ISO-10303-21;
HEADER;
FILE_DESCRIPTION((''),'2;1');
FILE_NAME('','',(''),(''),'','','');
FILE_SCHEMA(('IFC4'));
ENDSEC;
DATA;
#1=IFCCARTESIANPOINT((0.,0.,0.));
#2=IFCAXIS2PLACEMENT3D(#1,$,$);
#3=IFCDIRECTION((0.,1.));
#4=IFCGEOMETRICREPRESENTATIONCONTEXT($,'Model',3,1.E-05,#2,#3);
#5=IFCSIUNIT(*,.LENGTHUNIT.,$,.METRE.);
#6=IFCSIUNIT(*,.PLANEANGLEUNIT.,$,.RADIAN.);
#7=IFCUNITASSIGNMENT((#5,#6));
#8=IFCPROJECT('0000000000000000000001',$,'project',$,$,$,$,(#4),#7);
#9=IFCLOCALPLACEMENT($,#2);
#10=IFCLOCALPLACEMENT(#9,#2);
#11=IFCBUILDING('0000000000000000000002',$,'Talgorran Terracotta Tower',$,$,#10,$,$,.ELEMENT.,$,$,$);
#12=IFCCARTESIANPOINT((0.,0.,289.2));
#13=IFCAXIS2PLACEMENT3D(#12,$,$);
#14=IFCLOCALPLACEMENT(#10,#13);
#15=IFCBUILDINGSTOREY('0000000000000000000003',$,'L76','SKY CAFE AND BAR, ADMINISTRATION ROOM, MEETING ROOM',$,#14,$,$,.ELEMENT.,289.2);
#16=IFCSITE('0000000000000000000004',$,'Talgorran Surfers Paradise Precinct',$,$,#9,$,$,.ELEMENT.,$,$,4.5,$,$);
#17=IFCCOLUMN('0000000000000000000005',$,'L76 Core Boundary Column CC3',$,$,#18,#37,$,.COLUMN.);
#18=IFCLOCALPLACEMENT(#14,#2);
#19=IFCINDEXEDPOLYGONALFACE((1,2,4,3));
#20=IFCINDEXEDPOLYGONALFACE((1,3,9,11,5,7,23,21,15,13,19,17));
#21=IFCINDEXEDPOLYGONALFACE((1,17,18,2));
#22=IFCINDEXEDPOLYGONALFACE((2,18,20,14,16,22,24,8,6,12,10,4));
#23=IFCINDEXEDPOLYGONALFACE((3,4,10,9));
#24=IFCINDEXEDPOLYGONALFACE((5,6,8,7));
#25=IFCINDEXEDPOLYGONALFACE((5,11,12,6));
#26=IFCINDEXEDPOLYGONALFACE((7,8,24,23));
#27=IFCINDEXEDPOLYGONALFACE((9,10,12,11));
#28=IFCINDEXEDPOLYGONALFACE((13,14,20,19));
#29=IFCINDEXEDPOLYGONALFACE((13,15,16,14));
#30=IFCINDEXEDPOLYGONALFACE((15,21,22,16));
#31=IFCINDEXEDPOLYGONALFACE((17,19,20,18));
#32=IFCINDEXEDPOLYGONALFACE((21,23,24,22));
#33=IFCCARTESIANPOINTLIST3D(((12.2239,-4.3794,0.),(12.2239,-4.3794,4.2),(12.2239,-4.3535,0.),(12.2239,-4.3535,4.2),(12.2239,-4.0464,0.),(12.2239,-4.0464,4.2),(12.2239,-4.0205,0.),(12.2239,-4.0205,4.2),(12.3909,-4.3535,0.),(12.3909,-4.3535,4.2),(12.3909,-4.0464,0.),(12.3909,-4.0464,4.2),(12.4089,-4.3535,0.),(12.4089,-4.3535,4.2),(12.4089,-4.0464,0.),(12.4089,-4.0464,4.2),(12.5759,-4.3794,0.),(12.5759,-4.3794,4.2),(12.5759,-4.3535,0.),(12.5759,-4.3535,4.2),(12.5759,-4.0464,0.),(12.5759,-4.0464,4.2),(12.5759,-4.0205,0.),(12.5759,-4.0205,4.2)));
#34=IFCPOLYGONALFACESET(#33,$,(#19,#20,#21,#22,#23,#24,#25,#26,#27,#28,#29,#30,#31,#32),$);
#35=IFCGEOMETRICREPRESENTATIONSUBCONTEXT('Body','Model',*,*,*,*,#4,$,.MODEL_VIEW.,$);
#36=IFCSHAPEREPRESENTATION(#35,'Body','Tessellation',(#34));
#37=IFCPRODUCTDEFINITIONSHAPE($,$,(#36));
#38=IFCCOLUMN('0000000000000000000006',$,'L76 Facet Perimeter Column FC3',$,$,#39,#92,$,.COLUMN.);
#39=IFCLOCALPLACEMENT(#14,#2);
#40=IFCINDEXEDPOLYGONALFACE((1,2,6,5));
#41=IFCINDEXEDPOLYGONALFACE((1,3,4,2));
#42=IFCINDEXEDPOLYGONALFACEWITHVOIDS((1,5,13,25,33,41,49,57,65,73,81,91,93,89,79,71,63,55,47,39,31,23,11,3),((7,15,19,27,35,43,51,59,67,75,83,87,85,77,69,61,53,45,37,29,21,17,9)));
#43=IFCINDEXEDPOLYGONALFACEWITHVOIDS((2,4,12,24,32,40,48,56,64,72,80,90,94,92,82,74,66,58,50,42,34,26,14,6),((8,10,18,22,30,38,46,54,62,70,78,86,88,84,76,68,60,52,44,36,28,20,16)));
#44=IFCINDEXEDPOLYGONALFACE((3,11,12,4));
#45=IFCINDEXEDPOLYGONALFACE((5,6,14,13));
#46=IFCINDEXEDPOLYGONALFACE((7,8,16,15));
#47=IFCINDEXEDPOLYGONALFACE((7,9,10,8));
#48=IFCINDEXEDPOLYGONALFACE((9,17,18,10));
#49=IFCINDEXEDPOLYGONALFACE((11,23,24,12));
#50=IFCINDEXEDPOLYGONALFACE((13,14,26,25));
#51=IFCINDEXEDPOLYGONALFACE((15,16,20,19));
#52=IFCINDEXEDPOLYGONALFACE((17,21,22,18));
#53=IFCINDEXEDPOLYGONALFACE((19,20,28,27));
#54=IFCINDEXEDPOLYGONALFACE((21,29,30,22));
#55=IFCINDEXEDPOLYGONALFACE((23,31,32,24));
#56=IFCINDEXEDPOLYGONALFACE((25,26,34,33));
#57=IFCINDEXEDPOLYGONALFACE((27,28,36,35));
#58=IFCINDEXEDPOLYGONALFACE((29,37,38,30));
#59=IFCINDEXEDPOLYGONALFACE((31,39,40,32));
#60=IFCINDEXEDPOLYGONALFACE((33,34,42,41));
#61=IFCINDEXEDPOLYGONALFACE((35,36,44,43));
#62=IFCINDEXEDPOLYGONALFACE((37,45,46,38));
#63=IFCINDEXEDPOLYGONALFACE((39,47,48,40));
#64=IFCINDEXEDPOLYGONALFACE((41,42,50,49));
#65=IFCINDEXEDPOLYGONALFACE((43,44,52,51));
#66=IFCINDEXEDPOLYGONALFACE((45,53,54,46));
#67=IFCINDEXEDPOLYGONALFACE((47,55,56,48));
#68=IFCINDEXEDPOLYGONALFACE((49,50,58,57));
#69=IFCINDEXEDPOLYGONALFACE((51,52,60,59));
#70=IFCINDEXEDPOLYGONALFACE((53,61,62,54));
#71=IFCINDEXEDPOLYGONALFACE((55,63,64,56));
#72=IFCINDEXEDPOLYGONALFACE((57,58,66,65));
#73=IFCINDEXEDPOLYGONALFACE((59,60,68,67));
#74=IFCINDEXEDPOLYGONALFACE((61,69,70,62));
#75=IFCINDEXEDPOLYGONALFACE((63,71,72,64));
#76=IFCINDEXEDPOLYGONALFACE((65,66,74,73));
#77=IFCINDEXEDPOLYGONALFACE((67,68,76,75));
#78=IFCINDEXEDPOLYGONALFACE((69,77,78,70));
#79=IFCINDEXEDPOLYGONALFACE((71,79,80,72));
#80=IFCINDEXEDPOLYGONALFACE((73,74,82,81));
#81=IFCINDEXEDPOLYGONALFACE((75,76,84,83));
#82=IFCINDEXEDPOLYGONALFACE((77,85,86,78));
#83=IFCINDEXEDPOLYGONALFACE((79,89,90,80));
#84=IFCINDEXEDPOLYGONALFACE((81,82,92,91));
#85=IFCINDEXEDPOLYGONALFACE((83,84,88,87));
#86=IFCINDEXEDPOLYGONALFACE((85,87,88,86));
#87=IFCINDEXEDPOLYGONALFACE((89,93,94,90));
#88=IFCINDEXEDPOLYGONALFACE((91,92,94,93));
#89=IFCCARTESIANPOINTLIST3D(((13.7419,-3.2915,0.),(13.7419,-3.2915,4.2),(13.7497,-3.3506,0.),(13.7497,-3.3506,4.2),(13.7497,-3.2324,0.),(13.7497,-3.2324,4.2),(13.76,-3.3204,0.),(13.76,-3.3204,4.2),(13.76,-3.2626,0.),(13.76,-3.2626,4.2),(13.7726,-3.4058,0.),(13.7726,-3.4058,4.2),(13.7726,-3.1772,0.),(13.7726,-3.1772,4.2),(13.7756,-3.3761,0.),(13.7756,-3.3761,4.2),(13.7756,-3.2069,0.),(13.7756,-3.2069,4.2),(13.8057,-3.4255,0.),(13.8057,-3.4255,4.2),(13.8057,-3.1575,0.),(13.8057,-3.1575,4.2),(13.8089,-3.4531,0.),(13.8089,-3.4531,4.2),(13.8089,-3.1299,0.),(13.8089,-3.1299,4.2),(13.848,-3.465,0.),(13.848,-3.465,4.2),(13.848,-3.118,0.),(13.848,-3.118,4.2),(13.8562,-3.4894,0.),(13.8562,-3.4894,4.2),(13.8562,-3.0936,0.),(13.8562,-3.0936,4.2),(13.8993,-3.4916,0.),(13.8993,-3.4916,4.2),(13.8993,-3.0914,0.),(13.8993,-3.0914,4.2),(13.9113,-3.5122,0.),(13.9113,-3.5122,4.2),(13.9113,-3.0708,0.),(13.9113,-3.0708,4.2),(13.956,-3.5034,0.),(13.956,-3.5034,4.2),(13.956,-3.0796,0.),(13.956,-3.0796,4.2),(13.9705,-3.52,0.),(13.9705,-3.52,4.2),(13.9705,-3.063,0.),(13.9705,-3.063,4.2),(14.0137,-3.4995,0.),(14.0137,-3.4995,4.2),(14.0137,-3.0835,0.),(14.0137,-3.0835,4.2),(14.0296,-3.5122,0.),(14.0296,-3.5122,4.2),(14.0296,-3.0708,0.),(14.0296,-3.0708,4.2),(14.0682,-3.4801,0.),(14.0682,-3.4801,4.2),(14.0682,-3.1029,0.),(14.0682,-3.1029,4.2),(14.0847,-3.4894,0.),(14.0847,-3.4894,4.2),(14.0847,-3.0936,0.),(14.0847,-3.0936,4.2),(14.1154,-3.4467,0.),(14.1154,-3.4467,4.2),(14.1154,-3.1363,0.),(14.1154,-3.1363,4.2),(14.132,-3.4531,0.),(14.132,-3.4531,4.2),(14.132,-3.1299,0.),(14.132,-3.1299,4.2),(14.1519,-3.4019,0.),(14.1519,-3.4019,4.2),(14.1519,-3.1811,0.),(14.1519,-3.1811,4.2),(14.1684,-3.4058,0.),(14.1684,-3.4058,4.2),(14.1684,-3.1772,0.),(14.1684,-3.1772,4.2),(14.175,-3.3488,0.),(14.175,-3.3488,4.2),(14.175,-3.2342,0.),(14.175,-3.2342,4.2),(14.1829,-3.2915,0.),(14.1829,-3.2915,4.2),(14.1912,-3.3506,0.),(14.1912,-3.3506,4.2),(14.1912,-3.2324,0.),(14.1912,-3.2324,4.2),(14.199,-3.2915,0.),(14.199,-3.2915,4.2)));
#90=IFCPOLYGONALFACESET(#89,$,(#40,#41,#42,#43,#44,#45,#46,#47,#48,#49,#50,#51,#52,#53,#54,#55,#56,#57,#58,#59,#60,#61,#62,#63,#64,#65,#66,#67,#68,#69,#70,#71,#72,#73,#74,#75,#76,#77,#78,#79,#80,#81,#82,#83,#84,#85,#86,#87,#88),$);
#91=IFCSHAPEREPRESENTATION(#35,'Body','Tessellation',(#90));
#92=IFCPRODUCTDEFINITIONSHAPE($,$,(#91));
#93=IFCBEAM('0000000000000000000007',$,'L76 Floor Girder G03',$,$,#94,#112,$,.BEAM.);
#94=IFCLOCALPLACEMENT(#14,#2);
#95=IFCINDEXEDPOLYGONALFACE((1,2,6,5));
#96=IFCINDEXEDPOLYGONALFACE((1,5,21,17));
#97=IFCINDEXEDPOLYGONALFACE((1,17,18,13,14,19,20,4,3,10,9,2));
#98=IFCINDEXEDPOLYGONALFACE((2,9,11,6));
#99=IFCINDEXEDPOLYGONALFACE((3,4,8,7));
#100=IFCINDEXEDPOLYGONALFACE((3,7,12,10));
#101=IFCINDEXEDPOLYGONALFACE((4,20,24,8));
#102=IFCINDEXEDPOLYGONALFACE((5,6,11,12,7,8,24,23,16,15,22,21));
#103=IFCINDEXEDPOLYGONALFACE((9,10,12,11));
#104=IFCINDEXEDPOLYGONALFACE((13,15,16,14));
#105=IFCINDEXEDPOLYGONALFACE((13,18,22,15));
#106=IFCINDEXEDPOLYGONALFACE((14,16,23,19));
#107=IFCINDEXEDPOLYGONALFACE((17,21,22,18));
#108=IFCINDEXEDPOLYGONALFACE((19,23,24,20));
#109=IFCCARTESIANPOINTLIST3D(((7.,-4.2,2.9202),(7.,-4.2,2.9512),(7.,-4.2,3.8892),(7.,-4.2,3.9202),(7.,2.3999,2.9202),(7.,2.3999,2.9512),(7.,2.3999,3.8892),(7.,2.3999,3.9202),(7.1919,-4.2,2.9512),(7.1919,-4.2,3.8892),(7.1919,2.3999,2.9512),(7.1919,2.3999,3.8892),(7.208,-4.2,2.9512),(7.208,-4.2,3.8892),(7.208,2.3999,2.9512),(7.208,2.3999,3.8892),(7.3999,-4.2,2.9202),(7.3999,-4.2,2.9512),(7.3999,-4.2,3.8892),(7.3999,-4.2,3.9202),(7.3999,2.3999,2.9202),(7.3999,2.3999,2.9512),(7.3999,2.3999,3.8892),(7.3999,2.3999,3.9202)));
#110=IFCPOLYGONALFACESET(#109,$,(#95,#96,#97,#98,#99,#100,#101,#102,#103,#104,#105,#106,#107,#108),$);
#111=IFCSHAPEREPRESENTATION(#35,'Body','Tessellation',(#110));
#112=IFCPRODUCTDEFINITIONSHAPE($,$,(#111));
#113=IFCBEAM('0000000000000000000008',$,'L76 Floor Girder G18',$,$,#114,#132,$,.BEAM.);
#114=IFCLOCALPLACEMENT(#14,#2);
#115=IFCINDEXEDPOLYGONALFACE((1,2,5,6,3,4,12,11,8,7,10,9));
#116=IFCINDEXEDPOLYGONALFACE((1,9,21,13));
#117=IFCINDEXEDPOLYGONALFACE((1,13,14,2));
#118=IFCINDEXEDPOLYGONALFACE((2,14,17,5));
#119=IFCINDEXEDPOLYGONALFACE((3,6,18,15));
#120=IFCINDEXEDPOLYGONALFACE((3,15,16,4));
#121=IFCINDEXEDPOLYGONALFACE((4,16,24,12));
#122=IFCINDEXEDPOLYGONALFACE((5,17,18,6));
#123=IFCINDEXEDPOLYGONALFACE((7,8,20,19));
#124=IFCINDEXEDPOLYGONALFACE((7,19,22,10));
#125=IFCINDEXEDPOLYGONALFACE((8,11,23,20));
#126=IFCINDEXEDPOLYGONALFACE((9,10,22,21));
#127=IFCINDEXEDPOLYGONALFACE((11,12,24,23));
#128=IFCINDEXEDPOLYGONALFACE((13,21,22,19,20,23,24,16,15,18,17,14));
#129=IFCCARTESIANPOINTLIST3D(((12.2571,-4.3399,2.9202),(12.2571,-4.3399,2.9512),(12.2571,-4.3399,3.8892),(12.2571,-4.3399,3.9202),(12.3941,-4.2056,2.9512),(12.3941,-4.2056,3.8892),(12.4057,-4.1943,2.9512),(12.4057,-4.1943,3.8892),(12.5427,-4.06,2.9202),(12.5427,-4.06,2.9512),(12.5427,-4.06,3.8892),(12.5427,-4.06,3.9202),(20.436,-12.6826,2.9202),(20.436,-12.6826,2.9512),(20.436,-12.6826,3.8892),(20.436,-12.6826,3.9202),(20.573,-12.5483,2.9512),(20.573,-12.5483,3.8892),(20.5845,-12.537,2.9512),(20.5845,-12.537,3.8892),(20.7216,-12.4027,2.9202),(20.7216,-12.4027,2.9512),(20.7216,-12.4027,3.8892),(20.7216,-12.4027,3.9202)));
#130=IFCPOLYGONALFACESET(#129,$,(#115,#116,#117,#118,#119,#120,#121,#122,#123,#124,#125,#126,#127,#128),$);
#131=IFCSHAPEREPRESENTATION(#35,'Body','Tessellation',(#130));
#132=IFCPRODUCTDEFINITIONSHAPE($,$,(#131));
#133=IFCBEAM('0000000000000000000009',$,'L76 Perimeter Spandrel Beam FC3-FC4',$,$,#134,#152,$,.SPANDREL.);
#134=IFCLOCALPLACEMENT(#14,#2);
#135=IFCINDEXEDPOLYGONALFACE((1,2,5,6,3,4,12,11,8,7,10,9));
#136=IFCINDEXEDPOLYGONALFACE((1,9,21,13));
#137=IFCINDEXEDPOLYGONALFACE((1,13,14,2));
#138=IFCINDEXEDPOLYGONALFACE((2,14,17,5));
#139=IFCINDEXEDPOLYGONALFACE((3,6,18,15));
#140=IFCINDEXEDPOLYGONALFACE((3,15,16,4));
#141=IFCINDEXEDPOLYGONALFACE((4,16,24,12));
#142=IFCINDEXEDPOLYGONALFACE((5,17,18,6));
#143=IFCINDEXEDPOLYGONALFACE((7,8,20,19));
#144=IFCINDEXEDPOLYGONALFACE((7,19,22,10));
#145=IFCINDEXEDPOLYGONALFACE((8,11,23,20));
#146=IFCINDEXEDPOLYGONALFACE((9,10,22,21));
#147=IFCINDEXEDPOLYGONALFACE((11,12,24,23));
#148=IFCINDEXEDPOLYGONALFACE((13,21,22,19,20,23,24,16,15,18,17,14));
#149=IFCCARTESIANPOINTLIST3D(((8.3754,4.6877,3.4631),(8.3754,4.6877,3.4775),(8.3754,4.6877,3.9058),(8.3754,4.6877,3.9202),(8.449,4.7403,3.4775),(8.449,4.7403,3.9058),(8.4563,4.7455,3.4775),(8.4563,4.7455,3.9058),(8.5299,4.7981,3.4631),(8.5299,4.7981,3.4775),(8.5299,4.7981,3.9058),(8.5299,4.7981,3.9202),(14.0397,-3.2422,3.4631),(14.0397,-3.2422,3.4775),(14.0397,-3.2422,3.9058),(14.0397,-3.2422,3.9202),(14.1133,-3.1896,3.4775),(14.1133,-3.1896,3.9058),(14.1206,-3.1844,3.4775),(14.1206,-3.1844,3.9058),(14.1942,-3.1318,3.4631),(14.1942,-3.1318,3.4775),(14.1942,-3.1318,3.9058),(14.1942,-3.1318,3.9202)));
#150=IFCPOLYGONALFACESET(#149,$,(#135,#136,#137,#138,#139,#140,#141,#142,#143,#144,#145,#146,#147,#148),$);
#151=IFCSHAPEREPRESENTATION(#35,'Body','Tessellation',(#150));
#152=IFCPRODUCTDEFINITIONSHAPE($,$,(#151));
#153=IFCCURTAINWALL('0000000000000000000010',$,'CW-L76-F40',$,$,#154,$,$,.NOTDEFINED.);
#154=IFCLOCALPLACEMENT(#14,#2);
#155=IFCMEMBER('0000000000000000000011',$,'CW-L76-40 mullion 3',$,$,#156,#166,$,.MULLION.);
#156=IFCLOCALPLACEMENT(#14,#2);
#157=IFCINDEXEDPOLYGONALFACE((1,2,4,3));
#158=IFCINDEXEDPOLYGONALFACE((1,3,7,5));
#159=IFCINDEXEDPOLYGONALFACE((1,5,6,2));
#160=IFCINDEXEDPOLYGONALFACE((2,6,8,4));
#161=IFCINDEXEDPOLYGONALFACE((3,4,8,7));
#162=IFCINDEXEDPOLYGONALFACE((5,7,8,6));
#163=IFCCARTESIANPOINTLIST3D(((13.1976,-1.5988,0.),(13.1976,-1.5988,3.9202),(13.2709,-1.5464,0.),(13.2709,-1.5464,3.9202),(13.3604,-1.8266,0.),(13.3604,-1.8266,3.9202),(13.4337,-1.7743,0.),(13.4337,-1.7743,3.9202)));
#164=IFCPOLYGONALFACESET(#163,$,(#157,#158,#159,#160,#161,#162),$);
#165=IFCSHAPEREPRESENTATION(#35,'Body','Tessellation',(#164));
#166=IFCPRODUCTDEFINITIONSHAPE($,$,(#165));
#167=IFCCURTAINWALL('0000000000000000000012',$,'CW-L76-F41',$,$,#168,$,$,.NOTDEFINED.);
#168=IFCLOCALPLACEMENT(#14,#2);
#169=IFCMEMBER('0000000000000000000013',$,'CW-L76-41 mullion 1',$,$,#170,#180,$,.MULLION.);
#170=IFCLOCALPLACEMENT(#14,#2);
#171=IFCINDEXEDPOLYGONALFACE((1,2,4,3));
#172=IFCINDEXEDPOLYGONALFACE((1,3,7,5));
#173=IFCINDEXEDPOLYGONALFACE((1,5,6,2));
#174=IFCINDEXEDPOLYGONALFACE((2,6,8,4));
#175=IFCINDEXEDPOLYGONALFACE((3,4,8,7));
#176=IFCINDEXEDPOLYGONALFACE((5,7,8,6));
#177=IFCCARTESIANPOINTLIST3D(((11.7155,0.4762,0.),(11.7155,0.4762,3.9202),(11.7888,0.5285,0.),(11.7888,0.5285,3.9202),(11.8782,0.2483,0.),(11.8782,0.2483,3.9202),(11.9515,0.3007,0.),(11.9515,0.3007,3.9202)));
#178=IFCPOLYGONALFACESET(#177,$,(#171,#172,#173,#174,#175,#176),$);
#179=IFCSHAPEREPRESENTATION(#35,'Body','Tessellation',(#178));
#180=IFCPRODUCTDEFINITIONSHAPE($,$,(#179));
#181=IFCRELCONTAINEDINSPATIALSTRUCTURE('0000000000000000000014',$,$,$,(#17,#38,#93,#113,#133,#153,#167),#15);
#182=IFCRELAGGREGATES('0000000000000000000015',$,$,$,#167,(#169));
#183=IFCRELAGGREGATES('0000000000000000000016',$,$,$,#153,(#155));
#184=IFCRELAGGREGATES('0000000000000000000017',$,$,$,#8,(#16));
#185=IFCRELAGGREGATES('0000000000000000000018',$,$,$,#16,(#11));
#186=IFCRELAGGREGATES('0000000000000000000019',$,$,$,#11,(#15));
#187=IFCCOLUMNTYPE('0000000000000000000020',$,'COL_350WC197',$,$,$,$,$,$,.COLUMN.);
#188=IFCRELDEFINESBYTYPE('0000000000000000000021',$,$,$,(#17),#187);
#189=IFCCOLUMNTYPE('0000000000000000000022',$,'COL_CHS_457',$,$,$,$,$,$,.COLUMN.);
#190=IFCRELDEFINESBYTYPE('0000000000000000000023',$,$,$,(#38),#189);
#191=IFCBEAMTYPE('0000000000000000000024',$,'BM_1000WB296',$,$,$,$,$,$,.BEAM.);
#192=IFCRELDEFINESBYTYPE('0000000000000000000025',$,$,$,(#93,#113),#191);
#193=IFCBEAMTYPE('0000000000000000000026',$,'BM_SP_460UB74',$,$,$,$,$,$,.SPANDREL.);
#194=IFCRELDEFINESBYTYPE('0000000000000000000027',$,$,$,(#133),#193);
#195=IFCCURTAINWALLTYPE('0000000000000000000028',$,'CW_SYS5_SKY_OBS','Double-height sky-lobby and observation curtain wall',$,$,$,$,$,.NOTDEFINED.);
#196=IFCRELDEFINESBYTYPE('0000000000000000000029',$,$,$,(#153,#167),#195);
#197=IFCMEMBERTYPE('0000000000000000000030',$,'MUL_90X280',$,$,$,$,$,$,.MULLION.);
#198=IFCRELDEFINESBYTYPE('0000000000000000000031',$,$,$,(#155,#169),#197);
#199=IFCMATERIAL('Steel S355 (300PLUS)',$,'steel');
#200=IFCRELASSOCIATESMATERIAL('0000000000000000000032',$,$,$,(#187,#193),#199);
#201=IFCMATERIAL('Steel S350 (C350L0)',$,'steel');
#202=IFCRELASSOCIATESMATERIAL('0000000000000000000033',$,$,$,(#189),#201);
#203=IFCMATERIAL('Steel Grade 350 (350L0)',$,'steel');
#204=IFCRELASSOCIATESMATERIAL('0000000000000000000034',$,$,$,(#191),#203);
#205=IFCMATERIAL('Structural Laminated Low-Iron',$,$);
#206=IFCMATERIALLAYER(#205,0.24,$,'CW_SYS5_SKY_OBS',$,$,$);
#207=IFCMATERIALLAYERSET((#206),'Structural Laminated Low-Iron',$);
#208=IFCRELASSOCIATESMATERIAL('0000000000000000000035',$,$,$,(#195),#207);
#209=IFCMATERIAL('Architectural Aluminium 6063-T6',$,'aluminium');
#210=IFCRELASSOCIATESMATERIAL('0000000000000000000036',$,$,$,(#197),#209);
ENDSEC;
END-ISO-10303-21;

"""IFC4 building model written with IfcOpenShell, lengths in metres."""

from ifc_helpers import new_model, si_unit, direction, frame, origin, origin_2d, place, context, subcontext, project, spatial, rectangle, hollow_circle, i_section, extrude, material, layer, layer_set, material_profile, profile_set, type_object, element, aggregate, save


model = new_model("IFC4")

# Units and contexts
model_context = context("Model", 3, precision=1e-05, world=origin(), true_north=direction((0.0, 1.0)))
body_context = subcontext(model_context, "Body", "Model", "MODEL_VIEW")
ifc_project = project(units=[si_unit("LENGTHUNIT", "METRE"), si_unit("PLANEANGLEUNIT", "RADIAN")], contexts=[model_context])

# Site, building, storey
site_placement = place(None, origin())
site = spatial("IfcSite", under=ifc_project, at=site_placement, Name="Talgorran Surfers Paradise Precinct", CompositionType="ELEMENT", RefElevation=4.5)
building_placement = place(site_placement, origin())
building = spatial("IfcBuilding", under=site, at=building_placement, Name="Talgorran Terracotta Tower", CompositionType="ELEMENT")
storey_placement = place(building_placement, frame((0.0, 0.0, 289.2)))
storey = spatial("IfcBuildingStorey", under=building, at=storey_placement, Name="L76", Description="SKY CAFE AND BAR, ADMINISTRATION ROOM, MEETING ROOM", CompositionType="ELEMENT", Elevation=289.2)

# Columns
ifc_material_1 = material(Name="Steel S355 (300PLUS)", Category="steel")
ifc_material_profile_1 = material_profile(ifc_material_1, i_section(OverallWidth=0.3521, OverallDepth=0.3589, WebThickness=0.0181, FlangeThickness=0.0259, at=origin_2d()), Name="350WC197")
ifc_profile_set_1 = profile_set([ifc_material_profile_1], Name="Steel S355 (300PLUS)")
column_type_1 = type_object("IfcColumnType", Name="COL_350WC197", PredefinedType="COLUMN", material=ifc_profile_set_1)
column_1_placement = place(storey_placement, frame((12.3999, -4.2, 0.0), z_axis=(0.0, 0.0, 1.0), x_axis=(1.0, 0.0, 0.0)))
element("IfcColumn", 1, at=column_1_placement, inside=storey, type_object=column_type_1, Name="L76 Core Boundary Column CC3", PredefinedType="COLUMN", context=body_context, shape_type="SweptSolid", body=[
    extrude(i_section(OverallWidth=0.3521, OverallDepth=0.3589, WebThickness=0.0181, FlangeThickness=0.0259, at=origin_2d()), origin(), (0.0, 0.0, 1.0), 4.2),
])
ifc_material_2 = material(Name="Steel S350 (C350L0)", Category="steel")
ifc_material_profile_2 = material_profile(ifc_material_2, hollow_circle(Radius=0.2285, WallThickness=0.0161, at=origin_2d()), Name="CHS457X16")
ifc_profile_set_2 = profile_set([ifc_material_profile_2], Name="Steel S350 (C350L0)")
column_type_2 = type_object("IfcColumnType", Name="COL_CHS_457", PredefinedType="COLUMN", material=ifc_profile_set_2)
column_2_placement = place(storey_placement, frame((13.9705, -3.2915, 0.0), z_axis=(0.0, 0.0, 1.0), x_axis=(1.0, 0.0, 0.0)))
element("IfcColumn", 2, at=column_2_placement, inside=storey, type_object=column_type_2, Name="L76 Facet Perimeter Column FC3", PredefinedType="COLUMN", context=body_context, shape_type="SweptSolid", body=[
    extrude(hollow_circle(Radius=0.2285, WallThickness=0.0161, at=origin_2d()), origin(), (0.0, 0.0, 1.0), 4.2),
])

# Beams
ifc_material_3 = material(Name="Steel Grade 350 (350L0)", Category="steel")
ifc_material_profile_3 = material_profile(ifc_material_3, i_section(OverallWidth=0.3999, OverallDepth=1.0, WebThickness=0.0161, FlangeThickness=0.031, at=origin_2d()), Name="1000WB296")
ifc_profile_set_3 = profile_set([ifc_material_profile_3], Name="Steel Grade 350 (350L0)")
beam_type_1 = type_object("IfcBeamType", Name="BM_1000WB296", PredefinedType="BEAM", material=ifc_profile_set_3)
beam_1_placement = place(storey_placement, frame((7.2, -4.2, 3.4202), z_axis=(0.0, 1.0, 0.0), x_axis=(-1.0, 0.0, 0.0)))
element("IfcBeam", 3, at=beam_1_placement, inside=storey, type_object=beam_type_1, Name="L76 Floor Girder G03", PredefinedType="BEAM", context=body_context, shape_type="SweptSolid", body=[
    extrude(i_section(OverallWidth=0.3999, OverallDepth=1.0, WebThickness=0.0161, FlangeThickness=0.031, at=origin_2d()), origin(), (0.0, 0.0, 1.0), 6.5999),
])
beam_2_placement = place(storey_placement, frame((12.3999, -4.2, 3.4202), z_axis=(0.700061, -0.714083, 0.0), x_axis=(0.714083, 0.700061, 0.0)))
element("IfcBeam", 4, at=beam_2_placement, inside=storey, type_object=beam_type_1, Name="L76 Floor Girder G18", PredefinedType="BEAM", context=body_context, shape_type="SweptSolid", body=[
    extrude(i_section(OverallWidth=0.3999, OverallDepth=1.0, WebThickness=0.0161, FlangeThickness=0.031, at=origin_2d()), origin(), (0.0, 0.0, 1.0), 11.6831),
])
ifc_material_profile_4 = material_profile(ifc_material_1, i_section(OverallWidth=0.1899, OverallDepth=0.457, WebThickness=0.009, FlangeThickness=0.0144, at=origin_2d()), Name="460UB74.6")
ifc_profile_set_4 = profile_set([ifc_material_profile_4], Name="Steel S355 (300PLUS)")
beam_type_2 = type_object("IfcBeamType", Name="BM_SP_460UB74", PredefinedType="SPANDREL", material=ifc_profile_set_4)
beam_3_placement = place(storey_placement, frame((14.1169, -3.187, 3.6917), z_axis=(-0.581243, 0.81373, 0.0), x_axis=(-0.81373, -0.581243, 0.0)))
element("IfcBeam", 5, at=beam_3_placement, inside=storey, type_object=beam_type_2, Name="L76 Perimeter Spandrel Beam FC3-FC4", PredefinedType="SPANDREL", context=body_context, shape_type="SweptSolid", body=[
    extrude(i_section(OverallWidth=0.1899, OverallDepth=0.457, WebThickness=0.009, FlangeThickness=0.0144, at=origin_2d()), origin(), (0.0, 0.0, 1.0), 9.7451),
])

# Curtain wall, member
ifc_material_4 = material(Name="Structural Laminated Low-Iron")
ifc_layer_1 = layer(ifc_material_4, 0.24, Name="CW_SYS5_SKY_OBS")
ifc_layer_set_1 = layer_set([ifc_layer_1], Name="Structural Laminated Low-Iron")
curtain_wall_type = type_object("IfcCurtainWallType", Name="CW_SYS5_SKY_OBS", Description="Double-height sky-lobby and observation curtain wall", PredefinedType="NOTDEFINED", material=ifc_layer_set_1)
curtain_wall_1_placement = place(storey_placement, origin())
curtain_wall_1 = element("IfcCurtainWall", 6, at=curtain_wall_1_placement, inside=storey, type_object=curtain_wall_type, Name="CW-L76-F40", PredefinedType="NOTDEFINED")
ifc_material_5 = material(Name="Architectural Aluminium 6063-T6", Category="aluminium")
ifc_material_profile_5 = material_profile(ifc_material_5, rectangle(XDim=0.0901, YDim=0.28, at=origin_2d()), Name="CWM90X280")
ifc_profile_set_5 = profile_set([ifc_material_profile_5], Name="Architectural Aluminium 6063-T6")
member_type_1 = type_object("IfcMemberType", Name="MUL_90X280", PredefinedType="MULLION", material=ifc_profile_set_5)
member_1_placement = place(storey_placement, frame((13.3157, -1.6865, 0.0), z_axis=(0.0, 0.0, 1.0), x_axis=(-0.813728, -0.581245, 0.0)))
member_1 = element("IfcMember", 7, at=member_1_placement, type_object=member_type_1, Name="CW-L76-40 mullion 3", PredefinedType="MULLION", context=body_context, shape_type="SweptSolid", body=[
    extrude(rectangle(XDim=0.0901, YDim=0.28, at=origin_2d()), origin(), (0.0, 0.0, 1.0), 3.9202),
])

# Curtain wall, member
curtain_wall_2_placement = place(storey_placement, origin())
curtain_wall_2 = element("IfcCurtainWall", 8, at=curtain_wall_2_placement, inside=storey, type_object=curtain_wall_type, Name="CW-L76-F41", PredefinedType="NOTDEFINED")
member_2_placement = place(storey_placement, frame((11.8335, 0.3884, 0.0), z_axis=(0.0, 0.0, 1.0), x_axis=(-0.813727, -0.581248, 0.0)))
member_2 = element("IfcMember", 9, at=member_2_placement, type_object=member_type_1, Name="CW-L76-41 mullion 1", PredefinedType="MULLION", context=body_context, shape_type="SweptSolid", body=[
    extrude(rectangle(XDim=0.0901, YDim=0.28, at=origin_2d()), origin(), (0.0, 0.0, 1.0), 3.9202),
])
aggregate(curtain_wall_2, [member_2])

aggregate(curtain_wall_1, [member_1])

save(model, "model.ifc")
